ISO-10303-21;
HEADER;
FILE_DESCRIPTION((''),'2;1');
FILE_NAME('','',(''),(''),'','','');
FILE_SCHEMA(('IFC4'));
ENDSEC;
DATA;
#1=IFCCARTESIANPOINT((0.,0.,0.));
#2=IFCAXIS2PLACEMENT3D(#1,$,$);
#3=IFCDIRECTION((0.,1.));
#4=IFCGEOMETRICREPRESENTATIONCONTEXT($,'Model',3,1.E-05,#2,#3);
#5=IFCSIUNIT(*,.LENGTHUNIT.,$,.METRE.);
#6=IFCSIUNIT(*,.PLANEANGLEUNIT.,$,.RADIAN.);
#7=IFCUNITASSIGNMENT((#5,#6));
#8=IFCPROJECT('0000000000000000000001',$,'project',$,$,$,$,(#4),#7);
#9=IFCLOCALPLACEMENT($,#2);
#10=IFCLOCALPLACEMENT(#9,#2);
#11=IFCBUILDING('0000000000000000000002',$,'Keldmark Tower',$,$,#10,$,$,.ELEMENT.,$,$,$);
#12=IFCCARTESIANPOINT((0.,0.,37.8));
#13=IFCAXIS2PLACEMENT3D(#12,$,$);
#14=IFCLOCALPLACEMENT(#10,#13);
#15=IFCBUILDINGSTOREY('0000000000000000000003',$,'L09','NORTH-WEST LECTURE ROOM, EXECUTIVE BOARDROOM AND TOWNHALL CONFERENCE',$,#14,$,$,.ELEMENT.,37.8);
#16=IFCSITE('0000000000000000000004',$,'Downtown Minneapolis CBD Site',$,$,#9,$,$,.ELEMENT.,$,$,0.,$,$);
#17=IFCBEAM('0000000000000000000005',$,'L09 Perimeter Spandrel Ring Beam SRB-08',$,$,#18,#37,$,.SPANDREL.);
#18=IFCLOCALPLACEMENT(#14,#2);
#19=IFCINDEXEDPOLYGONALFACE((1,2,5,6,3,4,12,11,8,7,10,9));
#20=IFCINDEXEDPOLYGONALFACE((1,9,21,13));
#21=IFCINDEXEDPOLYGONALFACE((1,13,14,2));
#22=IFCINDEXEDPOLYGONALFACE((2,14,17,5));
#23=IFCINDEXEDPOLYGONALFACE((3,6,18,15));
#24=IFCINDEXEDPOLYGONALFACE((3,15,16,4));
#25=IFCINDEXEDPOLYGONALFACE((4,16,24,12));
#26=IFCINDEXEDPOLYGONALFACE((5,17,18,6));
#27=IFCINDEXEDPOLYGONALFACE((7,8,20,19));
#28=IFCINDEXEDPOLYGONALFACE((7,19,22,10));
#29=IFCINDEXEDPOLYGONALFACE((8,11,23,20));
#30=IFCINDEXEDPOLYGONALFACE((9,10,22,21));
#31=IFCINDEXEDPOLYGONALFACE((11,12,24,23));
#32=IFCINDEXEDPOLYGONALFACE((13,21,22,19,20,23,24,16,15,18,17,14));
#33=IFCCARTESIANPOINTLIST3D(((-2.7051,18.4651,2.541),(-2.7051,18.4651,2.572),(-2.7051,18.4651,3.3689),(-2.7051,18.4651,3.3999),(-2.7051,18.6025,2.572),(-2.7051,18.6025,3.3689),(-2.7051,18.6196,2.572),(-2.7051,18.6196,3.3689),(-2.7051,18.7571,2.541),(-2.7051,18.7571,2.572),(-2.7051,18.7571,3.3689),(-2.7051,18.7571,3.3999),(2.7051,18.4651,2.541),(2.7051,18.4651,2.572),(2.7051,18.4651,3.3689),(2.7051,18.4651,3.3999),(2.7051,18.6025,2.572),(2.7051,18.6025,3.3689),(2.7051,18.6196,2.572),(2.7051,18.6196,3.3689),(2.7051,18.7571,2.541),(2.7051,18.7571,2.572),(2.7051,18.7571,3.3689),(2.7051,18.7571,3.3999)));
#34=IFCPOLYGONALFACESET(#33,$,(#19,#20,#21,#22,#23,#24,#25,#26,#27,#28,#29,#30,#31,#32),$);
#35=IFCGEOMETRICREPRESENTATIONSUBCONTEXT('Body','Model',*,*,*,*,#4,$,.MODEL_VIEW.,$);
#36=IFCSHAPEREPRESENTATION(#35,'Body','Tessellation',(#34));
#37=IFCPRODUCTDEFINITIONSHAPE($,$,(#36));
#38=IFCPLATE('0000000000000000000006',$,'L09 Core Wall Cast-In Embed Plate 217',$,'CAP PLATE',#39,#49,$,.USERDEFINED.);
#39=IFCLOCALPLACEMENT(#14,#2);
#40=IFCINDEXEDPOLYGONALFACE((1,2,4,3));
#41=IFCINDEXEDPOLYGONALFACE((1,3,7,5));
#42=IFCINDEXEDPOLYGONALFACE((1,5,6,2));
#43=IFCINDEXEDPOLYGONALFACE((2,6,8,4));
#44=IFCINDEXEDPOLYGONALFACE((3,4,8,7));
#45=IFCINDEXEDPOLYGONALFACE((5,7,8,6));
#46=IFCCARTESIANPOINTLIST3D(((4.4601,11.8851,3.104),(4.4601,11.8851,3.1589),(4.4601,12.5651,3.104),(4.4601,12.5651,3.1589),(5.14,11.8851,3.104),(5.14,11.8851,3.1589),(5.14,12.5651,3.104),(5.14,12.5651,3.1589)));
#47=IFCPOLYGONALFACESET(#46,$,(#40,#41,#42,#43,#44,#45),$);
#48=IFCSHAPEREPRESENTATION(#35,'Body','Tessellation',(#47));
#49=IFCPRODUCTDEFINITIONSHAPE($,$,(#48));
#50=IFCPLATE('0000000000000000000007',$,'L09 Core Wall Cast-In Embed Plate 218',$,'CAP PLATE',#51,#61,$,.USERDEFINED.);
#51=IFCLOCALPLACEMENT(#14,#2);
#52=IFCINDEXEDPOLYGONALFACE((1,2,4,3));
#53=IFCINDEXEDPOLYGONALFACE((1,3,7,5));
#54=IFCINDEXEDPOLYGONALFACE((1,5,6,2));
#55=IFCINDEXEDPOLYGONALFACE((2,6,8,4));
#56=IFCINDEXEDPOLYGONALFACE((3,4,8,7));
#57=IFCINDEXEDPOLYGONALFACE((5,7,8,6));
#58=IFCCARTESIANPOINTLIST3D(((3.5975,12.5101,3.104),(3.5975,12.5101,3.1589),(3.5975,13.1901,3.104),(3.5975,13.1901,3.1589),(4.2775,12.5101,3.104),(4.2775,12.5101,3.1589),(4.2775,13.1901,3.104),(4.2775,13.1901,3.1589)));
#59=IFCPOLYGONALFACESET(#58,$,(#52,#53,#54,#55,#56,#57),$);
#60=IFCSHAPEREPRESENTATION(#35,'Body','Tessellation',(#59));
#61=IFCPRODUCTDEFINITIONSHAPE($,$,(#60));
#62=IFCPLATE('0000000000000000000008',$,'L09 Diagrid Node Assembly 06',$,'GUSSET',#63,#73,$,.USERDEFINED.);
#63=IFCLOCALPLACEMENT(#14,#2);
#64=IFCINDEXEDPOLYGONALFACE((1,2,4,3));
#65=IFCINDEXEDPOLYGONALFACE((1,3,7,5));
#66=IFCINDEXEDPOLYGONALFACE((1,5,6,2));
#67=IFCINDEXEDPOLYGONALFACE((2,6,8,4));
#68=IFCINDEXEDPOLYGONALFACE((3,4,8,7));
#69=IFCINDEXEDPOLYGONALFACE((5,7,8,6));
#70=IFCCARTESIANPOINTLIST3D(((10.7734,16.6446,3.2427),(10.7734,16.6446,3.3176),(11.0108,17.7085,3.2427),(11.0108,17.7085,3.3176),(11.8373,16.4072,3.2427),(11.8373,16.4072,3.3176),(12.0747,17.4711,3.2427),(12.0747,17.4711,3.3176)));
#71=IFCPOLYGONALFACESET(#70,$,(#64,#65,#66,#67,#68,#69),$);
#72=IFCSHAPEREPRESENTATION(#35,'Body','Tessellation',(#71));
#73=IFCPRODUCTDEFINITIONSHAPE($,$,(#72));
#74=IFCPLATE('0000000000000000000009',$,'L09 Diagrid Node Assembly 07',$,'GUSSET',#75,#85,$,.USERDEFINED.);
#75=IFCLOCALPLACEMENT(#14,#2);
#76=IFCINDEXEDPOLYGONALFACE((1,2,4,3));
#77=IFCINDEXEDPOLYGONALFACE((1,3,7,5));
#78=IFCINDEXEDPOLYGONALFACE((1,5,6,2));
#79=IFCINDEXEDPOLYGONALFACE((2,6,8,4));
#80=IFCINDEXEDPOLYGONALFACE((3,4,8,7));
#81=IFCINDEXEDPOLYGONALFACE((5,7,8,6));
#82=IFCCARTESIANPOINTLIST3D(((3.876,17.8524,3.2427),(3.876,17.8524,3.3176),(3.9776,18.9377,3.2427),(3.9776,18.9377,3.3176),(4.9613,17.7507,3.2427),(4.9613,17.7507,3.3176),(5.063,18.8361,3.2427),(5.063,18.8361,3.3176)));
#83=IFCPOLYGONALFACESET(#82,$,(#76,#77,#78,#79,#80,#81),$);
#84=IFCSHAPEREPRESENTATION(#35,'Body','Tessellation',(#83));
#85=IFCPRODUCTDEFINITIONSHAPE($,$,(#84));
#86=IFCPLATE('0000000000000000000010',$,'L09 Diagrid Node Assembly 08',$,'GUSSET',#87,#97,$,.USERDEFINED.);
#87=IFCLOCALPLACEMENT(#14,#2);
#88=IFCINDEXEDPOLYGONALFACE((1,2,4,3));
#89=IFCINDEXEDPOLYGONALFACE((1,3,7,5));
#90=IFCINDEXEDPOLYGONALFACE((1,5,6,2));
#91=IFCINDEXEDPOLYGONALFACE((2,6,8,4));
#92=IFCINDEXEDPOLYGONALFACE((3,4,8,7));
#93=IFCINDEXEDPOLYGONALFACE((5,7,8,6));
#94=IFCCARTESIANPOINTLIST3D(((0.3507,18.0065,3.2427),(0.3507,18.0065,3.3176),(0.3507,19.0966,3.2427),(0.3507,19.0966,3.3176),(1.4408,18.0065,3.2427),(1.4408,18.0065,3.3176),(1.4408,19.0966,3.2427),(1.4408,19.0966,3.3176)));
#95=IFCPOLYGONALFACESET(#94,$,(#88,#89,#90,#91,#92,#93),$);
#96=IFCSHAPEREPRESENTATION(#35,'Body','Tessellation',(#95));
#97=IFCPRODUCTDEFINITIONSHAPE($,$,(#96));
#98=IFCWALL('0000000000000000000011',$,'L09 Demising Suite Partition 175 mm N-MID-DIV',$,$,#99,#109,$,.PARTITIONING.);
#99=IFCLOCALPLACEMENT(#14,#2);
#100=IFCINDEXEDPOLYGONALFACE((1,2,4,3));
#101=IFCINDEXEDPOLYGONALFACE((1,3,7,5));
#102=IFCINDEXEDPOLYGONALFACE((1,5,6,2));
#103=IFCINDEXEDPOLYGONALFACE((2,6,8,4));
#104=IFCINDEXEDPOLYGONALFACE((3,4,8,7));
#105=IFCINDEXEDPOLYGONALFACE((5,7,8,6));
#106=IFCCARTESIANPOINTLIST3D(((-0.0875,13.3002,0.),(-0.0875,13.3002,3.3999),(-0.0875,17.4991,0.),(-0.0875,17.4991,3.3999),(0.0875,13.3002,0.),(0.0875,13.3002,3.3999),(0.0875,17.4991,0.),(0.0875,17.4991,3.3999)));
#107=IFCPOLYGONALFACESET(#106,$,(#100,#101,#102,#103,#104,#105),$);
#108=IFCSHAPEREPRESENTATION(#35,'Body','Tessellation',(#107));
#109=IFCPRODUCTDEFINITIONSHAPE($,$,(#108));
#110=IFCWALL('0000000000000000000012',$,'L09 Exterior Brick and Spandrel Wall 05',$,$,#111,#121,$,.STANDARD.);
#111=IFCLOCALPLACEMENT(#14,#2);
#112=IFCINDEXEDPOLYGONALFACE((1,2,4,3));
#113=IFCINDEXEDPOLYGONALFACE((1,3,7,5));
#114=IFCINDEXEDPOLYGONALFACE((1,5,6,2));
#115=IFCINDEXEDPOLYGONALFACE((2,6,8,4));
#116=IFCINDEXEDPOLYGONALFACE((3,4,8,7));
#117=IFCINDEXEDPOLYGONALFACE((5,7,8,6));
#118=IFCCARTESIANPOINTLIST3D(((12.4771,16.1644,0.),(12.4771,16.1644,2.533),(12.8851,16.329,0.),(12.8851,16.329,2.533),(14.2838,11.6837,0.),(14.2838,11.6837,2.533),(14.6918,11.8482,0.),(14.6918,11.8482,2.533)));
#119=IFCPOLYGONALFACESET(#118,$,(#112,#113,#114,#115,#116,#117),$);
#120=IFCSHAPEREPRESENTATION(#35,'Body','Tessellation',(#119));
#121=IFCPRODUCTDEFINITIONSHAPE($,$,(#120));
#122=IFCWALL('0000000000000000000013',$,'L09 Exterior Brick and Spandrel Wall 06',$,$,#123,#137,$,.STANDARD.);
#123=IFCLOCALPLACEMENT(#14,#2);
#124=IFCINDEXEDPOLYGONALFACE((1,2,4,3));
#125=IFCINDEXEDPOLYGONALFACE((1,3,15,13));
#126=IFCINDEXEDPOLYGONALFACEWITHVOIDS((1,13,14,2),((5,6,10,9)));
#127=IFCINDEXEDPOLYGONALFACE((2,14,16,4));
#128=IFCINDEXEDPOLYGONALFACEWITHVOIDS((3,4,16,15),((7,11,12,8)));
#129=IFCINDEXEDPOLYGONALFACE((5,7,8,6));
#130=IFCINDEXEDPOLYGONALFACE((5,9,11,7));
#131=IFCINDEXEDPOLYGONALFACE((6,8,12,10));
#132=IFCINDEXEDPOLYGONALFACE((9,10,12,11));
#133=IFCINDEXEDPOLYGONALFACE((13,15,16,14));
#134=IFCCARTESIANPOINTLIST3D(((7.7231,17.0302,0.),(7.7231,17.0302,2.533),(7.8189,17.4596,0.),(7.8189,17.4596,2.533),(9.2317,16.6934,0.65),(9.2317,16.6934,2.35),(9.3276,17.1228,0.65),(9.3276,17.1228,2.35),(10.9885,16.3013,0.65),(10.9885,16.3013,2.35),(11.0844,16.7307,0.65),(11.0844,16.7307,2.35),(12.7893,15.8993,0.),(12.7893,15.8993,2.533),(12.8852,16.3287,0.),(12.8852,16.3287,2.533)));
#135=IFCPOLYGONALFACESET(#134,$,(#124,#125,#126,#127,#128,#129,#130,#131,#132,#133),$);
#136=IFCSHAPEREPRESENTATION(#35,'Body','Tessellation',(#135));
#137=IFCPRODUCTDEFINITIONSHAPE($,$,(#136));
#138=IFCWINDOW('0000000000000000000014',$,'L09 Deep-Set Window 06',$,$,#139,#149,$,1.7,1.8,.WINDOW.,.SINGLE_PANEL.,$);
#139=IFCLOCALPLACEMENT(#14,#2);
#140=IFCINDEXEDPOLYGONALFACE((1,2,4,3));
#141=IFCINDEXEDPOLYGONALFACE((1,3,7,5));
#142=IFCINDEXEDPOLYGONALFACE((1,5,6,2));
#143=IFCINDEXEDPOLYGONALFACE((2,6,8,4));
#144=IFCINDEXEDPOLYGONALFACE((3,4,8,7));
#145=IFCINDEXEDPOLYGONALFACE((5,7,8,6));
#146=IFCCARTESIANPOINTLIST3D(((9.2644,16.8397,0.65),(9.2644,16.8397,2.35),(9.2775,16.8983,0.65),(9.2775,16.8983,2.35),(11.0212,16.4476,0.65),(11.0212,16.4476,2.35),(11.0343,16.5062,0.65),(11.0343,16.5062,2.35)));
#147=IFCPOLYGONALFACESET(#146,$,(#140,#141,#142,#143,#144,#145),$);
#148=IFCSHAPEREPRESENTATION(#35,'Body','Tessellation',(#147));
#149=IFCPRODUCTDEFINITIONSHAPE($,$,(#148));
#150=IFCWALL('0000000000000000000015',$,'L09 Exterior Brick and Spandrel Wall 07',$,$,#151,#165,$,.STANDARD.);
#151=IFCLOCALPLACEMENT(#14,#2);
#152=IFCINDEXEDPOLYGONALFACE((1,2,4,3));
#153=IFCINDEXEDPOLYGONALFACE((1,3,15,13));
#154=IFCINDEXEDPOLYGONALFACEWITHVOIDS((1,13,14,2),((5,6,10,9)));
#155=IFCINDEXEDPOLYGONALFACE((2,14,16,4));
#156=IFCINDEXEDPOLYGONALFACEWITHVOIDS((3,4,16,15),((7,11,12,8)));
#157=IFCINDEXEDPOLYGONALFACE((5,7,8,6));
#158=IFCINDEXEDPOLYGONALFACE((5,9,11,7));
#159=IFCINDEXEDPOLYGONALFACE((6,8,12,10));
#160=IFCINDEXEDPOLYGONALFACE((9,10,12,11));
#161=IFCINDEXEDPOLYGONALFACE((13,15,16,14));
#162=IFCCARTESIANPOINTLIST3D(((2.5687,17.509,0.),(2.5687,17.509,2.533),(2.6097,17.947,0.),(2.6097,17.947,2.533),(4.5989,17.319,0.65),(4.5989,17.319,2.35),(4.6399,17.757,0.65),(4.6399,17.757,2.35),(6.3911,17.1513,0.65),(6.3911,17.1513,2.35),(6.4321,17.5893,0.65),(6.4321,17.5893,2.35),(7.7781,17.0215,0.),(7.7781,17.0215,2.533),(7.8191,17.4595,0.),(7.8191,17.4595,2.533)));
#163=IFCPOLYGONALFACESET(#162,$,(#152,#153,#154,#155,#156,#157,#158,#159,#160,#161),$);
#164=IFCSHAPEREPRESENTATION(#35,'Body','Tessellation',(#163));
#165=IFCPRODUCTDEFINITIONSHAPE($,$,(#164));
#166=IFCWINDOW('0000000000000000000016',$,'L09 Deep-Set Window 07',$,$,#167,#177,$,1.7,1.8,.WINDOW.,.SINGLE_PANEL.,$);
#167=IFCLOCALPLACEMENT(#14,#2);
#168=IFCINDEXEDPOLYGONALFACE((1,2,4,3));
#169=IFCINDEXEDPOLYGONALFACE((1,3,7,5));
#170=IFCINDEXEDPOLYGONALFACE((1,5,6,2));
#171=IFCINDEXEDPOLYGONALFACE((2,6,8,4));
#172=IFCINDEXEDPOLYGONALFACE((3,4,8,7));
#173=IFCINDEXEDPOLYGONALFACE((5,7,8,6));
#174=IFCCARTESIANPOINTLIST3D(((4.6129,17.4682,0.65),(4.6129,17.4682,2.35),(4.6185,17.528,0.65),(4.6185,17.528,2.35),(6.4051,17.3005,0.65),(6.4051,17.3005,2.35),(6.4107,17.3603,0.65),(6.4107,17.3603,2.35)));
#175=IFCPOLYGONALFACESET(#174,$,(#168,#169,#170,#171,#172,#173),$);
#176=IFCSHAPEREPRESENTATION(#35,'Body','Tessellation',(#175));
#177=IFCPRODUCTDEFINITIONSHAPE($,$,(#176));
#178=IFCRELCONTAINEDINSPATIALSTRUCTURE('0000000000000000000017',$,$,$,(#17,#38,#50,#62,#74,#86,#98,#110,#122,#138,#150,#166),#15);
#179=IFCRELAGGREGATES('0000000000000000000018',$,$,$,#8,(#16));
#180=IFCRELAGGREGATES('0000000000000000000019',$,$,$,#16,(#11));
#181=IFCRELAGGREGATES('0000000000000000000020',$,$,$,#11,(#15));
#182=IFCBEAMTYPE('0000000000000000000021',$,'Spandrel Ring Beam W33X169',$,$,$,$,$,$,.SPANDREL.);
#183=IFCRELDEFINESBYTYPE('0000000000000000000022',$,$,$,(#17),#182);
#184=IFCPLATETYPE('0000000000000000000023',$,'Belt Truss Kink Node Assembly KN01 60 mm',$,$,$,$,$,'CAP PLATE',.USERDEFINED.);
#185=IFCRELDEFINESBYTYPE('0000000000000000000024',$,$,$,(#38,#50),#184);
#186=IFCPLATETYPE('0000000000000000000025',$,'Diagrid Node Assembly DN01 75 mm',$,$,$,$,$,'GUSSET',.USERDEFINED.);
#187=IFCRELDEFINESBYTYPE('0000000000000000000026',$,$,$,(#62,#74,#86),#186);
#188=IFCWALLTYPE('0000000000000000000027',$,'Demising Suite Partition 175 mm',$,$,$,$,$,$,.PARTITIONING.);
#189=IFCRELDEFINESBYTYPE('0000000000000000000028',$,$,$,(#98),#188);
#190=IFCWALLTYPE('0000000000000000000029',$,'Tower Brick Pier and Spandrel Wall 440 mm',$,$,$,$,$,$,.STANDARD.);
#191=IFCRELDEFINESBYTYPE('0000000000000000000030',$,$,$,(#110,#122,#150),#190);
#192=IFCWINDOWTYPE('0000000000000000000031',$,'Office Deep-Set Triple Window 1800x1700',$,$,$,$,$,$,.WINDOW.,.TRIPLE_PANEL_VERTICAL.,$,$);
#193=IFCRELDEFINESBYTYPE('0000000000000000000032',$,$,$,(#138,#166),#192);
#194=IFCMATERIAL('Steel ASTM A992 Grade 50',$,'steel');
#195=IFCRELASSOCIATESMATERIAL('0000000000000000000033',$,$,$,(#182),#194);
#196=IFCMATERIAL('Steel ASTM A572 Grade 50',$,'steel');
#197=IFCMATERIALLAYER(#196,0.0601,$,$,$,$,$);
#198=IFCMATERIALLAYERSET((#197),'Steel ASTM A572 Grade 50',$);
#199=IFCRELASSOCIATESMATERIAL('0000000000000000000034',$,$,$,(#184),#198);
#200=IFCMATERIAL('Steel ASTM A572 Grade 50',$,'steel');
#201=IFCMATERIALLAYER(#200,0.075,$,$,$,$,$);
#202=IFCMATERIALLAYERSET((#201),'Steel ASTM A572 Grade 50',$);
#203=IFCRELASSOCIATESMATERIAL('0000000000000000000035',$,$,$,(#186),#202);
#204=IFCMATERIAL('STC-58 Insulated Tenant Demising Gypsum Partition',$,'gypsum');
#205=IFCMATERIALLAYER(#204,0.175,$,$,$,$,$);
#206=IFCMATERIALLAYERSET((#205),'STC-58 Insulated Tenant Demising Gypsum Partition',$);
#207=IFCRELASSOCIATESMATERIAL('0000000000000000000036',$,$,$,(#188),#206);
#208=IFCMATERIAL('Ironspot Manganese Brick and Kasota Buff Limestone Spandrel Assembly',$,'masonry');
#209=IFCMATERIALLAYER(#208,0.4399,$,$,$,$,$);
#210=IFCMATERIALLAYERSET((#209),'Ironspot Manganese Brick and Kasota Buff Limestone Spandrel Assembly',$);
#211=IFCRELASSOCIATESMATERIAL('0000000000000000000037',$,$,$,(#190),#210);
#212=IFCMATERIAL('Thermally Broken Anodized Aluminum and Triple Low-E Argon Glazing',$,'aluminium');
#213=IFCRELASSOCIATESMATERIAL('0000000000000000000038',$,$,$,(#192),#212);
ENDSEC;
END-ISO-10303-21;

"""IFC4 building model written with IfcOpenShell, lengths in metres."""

from ifc_helpers import new_model, si_unit, direction, frame, frame_2d, origin, origin_2d, place, context, subcontext, project, spatial, rectangle, i_section, extrude, material, layer, layer_set, material_profile, profile_set, type_object, element, fill, save


model = new_model("IFC4")

# Units and contexts
model_context = context("Model", 3, precision=1e-05, world=origin(), true_north=direction((0.0, 1.0)))
body_context = subcontext(model_context, "Body", "Model", "MODEL_VIEW")
ifc_project = project(units=[si_unit("LENGTHUNIT", "METRE"), si_unit("PLANEANGLEUNIT", "RADIAN")], contexts=[model_context])

# Site, building, storey
site_placement = place(None, origin())
site = spatial("IfcSite", under=ifc_project, at=site_placement, Name="Downtown Minneapolis CBD Site", CompositionType="ELEMENT", RefElevation=0.0)
building_placement = place(site_placement, origin())
building = spatial("IfcBuilding", under=site, at=building_placement, Name="Keldmark Tower", CompositionType="ELEMENT")
storey_placement = place(building_placement, frame((0.0, 0.0, 37.8)))
storey = spatial("IfcBuildingStorey", under=building, at=storey_placement, Name="L09", Description="NORTH-WEST LECTURE ROOM, EXECUTIVE BOARDROOM AND TOWNHALL CONFERENCE", CompositionType="ELEMENT", Elevation=37.8)

# Beam
ifc_material_1 = material(Name="Steel ASTM A992 Grade 50", Category="steel")
ifc_material_profile_1 = material_profile(ifc_material_1, i_section(OverallWidth=0.292, OverallDepth=0.8589, WebThickness=0.0171, FlangeThickness=0.031, at=origin_2d()), Name="W33X169")
ifc_profile_set_1 = profile_set([ifc_material_profile_1], Name="Steel ASTM A992 Grade 50")
beam_type_1 = type_object("IfcBeamType", Name="Spandrel Ring Beam W33X169", PredefinedType="SPANDREL", material=ifc_profile_set_1)
beam_1_placement = place(storey_placement, frame((2.7051, 18.6111, 2.9705), z_axis=(-1.0, 0.0, 0.0), x_axis=(0.0, -1.0, 0.0)))
element("IfcBeam", 1, at=beam_1_placement, inside=storey, type_object=beam_type_1, Name="L09 Perimeter Spandrel Ring Beam SRB-08", PredefinedType="SPANDREL", context=body_context, shape_type="SweptSolid", body=[
    extrude(i_section(OverallWidth=0.292, OverallDepth=0.8589, WebThickness=0.0171, FlangeThickness=0.031, at=origin_2d()), origin(), (0.0, 0.0, 1.0), 5.4102),
])

# Plates
ifc_material_2 = material(Name="Steel ASTM A572 Grade 50", Category="steel")
ifc_layer_1 = layer(ifc_material_2, 0.0601)
ifc_layer_set_1 = layer_set([ifc_layer_1], Name="Steel ASTM A572 Grade 50")
plate_type_1 = type_object("IfcPlateType", Name="Belt Truss Kink Node Assembly KN01 60 mm", ElementType="CAP PLATE", PredefinedType="USERDEFINED", material=ifc_layer_set_1)
for number, where, z_axis, x_axis, name in (
    (2, (4.8, 12.2251, 3.104), (0.0, 0.0, 1.0), (1.0, 0.0, 0.0), "L09 Core Wall Cast-In Embed Plate 217"),
    (3, (3.9375, 12.8501, 3.104), (0.0, 0.0, 1.0), (1.0, 0.0, 0.0), "L09 Core Wall Cast-In Embed Plate 218"),
):
    element("IfcPlate", number, at=place(storey_placement, frame(where, z_axis=z_axis, x_axis=x_axis)), inside=storey, type_object=plate_type_1, Name=name, ObjectType="CAP PLATE", PredefinedType="USERDEFINED", context=body_context, shape_type="SweptSolid", body=[
        extrude(rectangle(XDim=0.6799, YDim=0.6799, at=origin_2d()), origin(), (0.0, 0.0, 1.0), 0.0549),
    ])
ifc_material_3 = material(Name="Steel ASTM A572 Grade 50", Category="steel")
ifc_layer_2 = layer(ifc_material_3, 0.075)
ifc_layer_set_2 = layer_set([ifc_layer_2], Name="Steel ASTM A572 Grade 50")
plate_type_2 = type_object("IfcPlateType", Name="Diagrid Node Assembly DN01 75 mm", ElementType="GUSSET", PredefinedType="USERDEFINED", material=ifc_layer_set_2)
for number, where, z_axis, x_axis, name in (
    (4, (11.4241, 17.0579, 3.2427), (0.0, 0.0, 1.0), (-0.975993, 0.217803, 0.0), "L09 Diagrid Node Assembly 06"),
    (5, (4.4695, 18.3442, 3.2427), (0.0, 0.0, 1.0), (-0.995644, 0.093239, 0.0), "L09 Diagrid Node Assembly 07"),
    (6, (0.8958, 18.5515, 3.2427), (0.0, 0.0, 1.0), (-1.0, 0.0, 0.0), "L09 Diagrid Node Assembly 08"),
):
    element("IfcPlate", number, at=place(storey_placement, frame(where, z_axis=z_axis, x_axis=x_axis)), inside=storey, type_object=plate_type_2, Name=name, ObjectType="GUSSET", PredefinedType="USERDEFINED", context=body_context, shape_type="SweptSolid", body=[
        extrude(rectangle(XDim=1.0901, YDim=1.0901, at=origin_2d()), origin(), (0.0, 0.0, 1.0), 0.075),
    ])

# Walls
ifc_material_4 = material(Name="STC-58 Insulated Tenant Demising Gypsum Partition", Category="gypsum")
ifc_layer_3 = layer(ifc_material_4, 0.175)
ifc_layer_set_3 = layer_set([ifc_layer_3], Name="STC-58 Insulated Tenant Demising Gypsum Partition")
wall_type_1 = type_object("IfcWallType", Name="Demising Suite Partition 175 mm", PredefinedType="PARTITIONING", material=ifc_layer_set_3)
wall_1_placement = place(storey_placement, frame((0.0, 13.3, 0.0), z_axis=(0.0, 0.0, 1.0), x_axis=(0.0, 1.0, 0.0)))
element("IfcWall", 7, at=wall_1_placement, inside=storey, type_object=wall_type_1, Name="L09 Demising Suite Partition 175 mm N-MID-DIV", PredefinedType="PARTITIONING", context=body_context, shape_type="SweptSolid", body=[
    extrude(rectangle(XDim=4.199, YDim=0.175, at=frame_2d((2.0996, 0.0))), origin(), (0.0, 0.0, 1.0), 3.3999),
])
ifc_material_5 = material(Name="Ironspot Manganese Brick and Kasota Buff Limestone Spandrel Assembly", Category="masonry")
ifc_layer_4 = layer(ifc_material_5, 0.4399)
ifc_layer_set_4 = layer_set([ifc_layer_4], Name="Ironspot Manganese Brick and Kasota Buff Limestone Spandrel Assembly")
wall_type_2 = type_object("IfcWallType", Name="Tower Brick Pier and Spandrel Wall 440 mm", PredefinedType="STANDARD", material=ifc_layer_set_4)
wall_2_placement = place(storey_placement, frame((12.6812, 16.2466, 0.0), z_axis=(0.0, 0.0, 1.0), x_axis=(0.373951, -0.927449, 0.0)))
element("IfcWall", 8, at=wall_2_placement, inside=storey, type_object=wall_type_2, Name="L09 Exterior Brick and Spandrel Wall 05", PredefinedType="STANDARD", context=body_context, shape_type="SweptSolid", body=[
    extrude(rectangle(XDim=4.8313, YDim=0.4399, at=frame_2d((2.4155, 0.0))), origin(), (0.0, 0.0, 1.0), 2.533),
])

# Walls, openings, windows
wall_3_placement = place(storey_placement, frame((7.771, 17.2449, 0.0), z_axis=(0.0, 0.0, 1.0), x_axis=(0.975981, -0.217857, 0.0)))
wall_3 = element("IfcWall", 9, at=wall_3_placement, inside=storey, type_object=wall_type_2, Name="L09 Exterior Brick and Spandrel Wall 06", PredefinedType="STANDARD", context=body_context, shape_type="SweptSolid", body=[
    extrude(rectangle(XDim=5.1909, YDim=0.4399, at=frame_2d((2.5955, 0.0))), origin(), (0.0, 0.0, 1.0), 2.533),
])
opening_1_placement = place(wall_3_placement, frame((1.5459, 0.0, 0.6499)))
opening_1 = element("IfcOpeningElement", 10, at=opening_1_placement, cuts=wall_3, PredefinedType="OPENING", context=body_context, shape_type="SweptSolid", body=[
    extrude(rectangle(XDim=1.8, YDim=1.7, at=frame_2d((0.8999, 0.8501))), frame((0.0, 0.23, 0.0), z_axis=(0.0, -1.0, 0.0), x_axis=(1.0, 0.0, 0.0)), (0.0, 0.0, 1.0), 0.46),
])
ifc_material_6 = material(Name="Thermally Broken Anodized Aluminum and Triple Low-E Argon Glazing", Category="aluminium")
window_type = type_object("IfcWindowType", Name="Office Deep-Set Triple Window 1800x1700", PartitioningType="TRIPLE_PANEL_VERTICAL", PredefinedType="WINDOW", material=ifc_material_6)
window_1_placement = place(opening_1_placement, origin())
window_1 = element("IfcWindow", 11, at=window_1_placement, inside=storey, type_object=window_type, Name="L09 Deep-Set Window 06", OverallHeight=1.7, OverallWidth=1.8, PartitioningType="SINGLE_PANEL", PredefinedType="WINDOW", context=body_context, shape_type="SweptSolid", body=[
    extrude(rectangle(XDim=1.8, YDim=1.7, at=frame_2d((0.8999, 0.8501))), frame((0.0, -0.01, 0.0), z_axis=(0.0, -1.0, 0.0), x_axis=(1.0, 0.0, 0.0)), (0.0, 0.0, 1.0), 0.0601),
])
fill(opening_1, window_1)
wall_4_placement = place(storey_placement, frame((2.5891, 17.728, 0.0), z_axis=(0.0, 0.0, 1.0), x_axis=(0.995649, -0.093182, 0.0)))
wall_4 = element("IfcWall", 12, at=wall_4_placement, inside=storey, type_object=wall_type_2, Name="L09 Exterior Brick and Spandrel Wall 07", PredefinedType="STANDARD", context=body_context, shape_type="SweptSolid", body=[
    extrude(rectangle(XDim=5.2322, YDim=0.4399, at=frame_2d((2.6162, 0.0))), origin(), (0.0, 0.0, 1.0), 2.533),
])
opening_2_placement = place(wall_4_placement, frame((2.0393, 0.0, 0.6499)))
opening_2 = element("IfcOpeningElement", 13, at=opening_2_placement, cuts=wall_4, PredefinedType="OPENING", context=body_context, shape_type="SweptSolid", body=[
    extrude(rectangle(XDim=1.8, YDim=1.7, at=frame_2d((0.8999, 0.8501))), frame((0.0, 0.23, 0.0), z_axis=(0.0, -1.0, 0.0), x_axis=(1.0, 0.0, 0.0)), (0.0, 0.0, 1.0), 0.46),
])
window_2_placement = place(opening_2_placement, origin())
window_2 = element("IfcWindow", 14, at=window_2_placement, inside=storey, type_object=window_type, Name="L09 Deep-Set Window 07", OverallHeight=1.7, OverallWidth=1.8, PartitioningType="SINGLE_PANEL", PredefinedType="WINDOW", context=body_context, shape_type="SweptSolid", body=[
    extrude(rectangle(XDim=1.8, YDim=1.7, at=frame_2d((0.8999, 0.8501))), frame((0.0, -0.01, 0.0), z_axis=(0.0, -1.0, 0.0), x_axis=(1.0, 0.0, 0.0)), (0.0, 0.0, 1.0), 0.0601),
])
fill(opening_2, window_2)

save(model, "model.ifc")
